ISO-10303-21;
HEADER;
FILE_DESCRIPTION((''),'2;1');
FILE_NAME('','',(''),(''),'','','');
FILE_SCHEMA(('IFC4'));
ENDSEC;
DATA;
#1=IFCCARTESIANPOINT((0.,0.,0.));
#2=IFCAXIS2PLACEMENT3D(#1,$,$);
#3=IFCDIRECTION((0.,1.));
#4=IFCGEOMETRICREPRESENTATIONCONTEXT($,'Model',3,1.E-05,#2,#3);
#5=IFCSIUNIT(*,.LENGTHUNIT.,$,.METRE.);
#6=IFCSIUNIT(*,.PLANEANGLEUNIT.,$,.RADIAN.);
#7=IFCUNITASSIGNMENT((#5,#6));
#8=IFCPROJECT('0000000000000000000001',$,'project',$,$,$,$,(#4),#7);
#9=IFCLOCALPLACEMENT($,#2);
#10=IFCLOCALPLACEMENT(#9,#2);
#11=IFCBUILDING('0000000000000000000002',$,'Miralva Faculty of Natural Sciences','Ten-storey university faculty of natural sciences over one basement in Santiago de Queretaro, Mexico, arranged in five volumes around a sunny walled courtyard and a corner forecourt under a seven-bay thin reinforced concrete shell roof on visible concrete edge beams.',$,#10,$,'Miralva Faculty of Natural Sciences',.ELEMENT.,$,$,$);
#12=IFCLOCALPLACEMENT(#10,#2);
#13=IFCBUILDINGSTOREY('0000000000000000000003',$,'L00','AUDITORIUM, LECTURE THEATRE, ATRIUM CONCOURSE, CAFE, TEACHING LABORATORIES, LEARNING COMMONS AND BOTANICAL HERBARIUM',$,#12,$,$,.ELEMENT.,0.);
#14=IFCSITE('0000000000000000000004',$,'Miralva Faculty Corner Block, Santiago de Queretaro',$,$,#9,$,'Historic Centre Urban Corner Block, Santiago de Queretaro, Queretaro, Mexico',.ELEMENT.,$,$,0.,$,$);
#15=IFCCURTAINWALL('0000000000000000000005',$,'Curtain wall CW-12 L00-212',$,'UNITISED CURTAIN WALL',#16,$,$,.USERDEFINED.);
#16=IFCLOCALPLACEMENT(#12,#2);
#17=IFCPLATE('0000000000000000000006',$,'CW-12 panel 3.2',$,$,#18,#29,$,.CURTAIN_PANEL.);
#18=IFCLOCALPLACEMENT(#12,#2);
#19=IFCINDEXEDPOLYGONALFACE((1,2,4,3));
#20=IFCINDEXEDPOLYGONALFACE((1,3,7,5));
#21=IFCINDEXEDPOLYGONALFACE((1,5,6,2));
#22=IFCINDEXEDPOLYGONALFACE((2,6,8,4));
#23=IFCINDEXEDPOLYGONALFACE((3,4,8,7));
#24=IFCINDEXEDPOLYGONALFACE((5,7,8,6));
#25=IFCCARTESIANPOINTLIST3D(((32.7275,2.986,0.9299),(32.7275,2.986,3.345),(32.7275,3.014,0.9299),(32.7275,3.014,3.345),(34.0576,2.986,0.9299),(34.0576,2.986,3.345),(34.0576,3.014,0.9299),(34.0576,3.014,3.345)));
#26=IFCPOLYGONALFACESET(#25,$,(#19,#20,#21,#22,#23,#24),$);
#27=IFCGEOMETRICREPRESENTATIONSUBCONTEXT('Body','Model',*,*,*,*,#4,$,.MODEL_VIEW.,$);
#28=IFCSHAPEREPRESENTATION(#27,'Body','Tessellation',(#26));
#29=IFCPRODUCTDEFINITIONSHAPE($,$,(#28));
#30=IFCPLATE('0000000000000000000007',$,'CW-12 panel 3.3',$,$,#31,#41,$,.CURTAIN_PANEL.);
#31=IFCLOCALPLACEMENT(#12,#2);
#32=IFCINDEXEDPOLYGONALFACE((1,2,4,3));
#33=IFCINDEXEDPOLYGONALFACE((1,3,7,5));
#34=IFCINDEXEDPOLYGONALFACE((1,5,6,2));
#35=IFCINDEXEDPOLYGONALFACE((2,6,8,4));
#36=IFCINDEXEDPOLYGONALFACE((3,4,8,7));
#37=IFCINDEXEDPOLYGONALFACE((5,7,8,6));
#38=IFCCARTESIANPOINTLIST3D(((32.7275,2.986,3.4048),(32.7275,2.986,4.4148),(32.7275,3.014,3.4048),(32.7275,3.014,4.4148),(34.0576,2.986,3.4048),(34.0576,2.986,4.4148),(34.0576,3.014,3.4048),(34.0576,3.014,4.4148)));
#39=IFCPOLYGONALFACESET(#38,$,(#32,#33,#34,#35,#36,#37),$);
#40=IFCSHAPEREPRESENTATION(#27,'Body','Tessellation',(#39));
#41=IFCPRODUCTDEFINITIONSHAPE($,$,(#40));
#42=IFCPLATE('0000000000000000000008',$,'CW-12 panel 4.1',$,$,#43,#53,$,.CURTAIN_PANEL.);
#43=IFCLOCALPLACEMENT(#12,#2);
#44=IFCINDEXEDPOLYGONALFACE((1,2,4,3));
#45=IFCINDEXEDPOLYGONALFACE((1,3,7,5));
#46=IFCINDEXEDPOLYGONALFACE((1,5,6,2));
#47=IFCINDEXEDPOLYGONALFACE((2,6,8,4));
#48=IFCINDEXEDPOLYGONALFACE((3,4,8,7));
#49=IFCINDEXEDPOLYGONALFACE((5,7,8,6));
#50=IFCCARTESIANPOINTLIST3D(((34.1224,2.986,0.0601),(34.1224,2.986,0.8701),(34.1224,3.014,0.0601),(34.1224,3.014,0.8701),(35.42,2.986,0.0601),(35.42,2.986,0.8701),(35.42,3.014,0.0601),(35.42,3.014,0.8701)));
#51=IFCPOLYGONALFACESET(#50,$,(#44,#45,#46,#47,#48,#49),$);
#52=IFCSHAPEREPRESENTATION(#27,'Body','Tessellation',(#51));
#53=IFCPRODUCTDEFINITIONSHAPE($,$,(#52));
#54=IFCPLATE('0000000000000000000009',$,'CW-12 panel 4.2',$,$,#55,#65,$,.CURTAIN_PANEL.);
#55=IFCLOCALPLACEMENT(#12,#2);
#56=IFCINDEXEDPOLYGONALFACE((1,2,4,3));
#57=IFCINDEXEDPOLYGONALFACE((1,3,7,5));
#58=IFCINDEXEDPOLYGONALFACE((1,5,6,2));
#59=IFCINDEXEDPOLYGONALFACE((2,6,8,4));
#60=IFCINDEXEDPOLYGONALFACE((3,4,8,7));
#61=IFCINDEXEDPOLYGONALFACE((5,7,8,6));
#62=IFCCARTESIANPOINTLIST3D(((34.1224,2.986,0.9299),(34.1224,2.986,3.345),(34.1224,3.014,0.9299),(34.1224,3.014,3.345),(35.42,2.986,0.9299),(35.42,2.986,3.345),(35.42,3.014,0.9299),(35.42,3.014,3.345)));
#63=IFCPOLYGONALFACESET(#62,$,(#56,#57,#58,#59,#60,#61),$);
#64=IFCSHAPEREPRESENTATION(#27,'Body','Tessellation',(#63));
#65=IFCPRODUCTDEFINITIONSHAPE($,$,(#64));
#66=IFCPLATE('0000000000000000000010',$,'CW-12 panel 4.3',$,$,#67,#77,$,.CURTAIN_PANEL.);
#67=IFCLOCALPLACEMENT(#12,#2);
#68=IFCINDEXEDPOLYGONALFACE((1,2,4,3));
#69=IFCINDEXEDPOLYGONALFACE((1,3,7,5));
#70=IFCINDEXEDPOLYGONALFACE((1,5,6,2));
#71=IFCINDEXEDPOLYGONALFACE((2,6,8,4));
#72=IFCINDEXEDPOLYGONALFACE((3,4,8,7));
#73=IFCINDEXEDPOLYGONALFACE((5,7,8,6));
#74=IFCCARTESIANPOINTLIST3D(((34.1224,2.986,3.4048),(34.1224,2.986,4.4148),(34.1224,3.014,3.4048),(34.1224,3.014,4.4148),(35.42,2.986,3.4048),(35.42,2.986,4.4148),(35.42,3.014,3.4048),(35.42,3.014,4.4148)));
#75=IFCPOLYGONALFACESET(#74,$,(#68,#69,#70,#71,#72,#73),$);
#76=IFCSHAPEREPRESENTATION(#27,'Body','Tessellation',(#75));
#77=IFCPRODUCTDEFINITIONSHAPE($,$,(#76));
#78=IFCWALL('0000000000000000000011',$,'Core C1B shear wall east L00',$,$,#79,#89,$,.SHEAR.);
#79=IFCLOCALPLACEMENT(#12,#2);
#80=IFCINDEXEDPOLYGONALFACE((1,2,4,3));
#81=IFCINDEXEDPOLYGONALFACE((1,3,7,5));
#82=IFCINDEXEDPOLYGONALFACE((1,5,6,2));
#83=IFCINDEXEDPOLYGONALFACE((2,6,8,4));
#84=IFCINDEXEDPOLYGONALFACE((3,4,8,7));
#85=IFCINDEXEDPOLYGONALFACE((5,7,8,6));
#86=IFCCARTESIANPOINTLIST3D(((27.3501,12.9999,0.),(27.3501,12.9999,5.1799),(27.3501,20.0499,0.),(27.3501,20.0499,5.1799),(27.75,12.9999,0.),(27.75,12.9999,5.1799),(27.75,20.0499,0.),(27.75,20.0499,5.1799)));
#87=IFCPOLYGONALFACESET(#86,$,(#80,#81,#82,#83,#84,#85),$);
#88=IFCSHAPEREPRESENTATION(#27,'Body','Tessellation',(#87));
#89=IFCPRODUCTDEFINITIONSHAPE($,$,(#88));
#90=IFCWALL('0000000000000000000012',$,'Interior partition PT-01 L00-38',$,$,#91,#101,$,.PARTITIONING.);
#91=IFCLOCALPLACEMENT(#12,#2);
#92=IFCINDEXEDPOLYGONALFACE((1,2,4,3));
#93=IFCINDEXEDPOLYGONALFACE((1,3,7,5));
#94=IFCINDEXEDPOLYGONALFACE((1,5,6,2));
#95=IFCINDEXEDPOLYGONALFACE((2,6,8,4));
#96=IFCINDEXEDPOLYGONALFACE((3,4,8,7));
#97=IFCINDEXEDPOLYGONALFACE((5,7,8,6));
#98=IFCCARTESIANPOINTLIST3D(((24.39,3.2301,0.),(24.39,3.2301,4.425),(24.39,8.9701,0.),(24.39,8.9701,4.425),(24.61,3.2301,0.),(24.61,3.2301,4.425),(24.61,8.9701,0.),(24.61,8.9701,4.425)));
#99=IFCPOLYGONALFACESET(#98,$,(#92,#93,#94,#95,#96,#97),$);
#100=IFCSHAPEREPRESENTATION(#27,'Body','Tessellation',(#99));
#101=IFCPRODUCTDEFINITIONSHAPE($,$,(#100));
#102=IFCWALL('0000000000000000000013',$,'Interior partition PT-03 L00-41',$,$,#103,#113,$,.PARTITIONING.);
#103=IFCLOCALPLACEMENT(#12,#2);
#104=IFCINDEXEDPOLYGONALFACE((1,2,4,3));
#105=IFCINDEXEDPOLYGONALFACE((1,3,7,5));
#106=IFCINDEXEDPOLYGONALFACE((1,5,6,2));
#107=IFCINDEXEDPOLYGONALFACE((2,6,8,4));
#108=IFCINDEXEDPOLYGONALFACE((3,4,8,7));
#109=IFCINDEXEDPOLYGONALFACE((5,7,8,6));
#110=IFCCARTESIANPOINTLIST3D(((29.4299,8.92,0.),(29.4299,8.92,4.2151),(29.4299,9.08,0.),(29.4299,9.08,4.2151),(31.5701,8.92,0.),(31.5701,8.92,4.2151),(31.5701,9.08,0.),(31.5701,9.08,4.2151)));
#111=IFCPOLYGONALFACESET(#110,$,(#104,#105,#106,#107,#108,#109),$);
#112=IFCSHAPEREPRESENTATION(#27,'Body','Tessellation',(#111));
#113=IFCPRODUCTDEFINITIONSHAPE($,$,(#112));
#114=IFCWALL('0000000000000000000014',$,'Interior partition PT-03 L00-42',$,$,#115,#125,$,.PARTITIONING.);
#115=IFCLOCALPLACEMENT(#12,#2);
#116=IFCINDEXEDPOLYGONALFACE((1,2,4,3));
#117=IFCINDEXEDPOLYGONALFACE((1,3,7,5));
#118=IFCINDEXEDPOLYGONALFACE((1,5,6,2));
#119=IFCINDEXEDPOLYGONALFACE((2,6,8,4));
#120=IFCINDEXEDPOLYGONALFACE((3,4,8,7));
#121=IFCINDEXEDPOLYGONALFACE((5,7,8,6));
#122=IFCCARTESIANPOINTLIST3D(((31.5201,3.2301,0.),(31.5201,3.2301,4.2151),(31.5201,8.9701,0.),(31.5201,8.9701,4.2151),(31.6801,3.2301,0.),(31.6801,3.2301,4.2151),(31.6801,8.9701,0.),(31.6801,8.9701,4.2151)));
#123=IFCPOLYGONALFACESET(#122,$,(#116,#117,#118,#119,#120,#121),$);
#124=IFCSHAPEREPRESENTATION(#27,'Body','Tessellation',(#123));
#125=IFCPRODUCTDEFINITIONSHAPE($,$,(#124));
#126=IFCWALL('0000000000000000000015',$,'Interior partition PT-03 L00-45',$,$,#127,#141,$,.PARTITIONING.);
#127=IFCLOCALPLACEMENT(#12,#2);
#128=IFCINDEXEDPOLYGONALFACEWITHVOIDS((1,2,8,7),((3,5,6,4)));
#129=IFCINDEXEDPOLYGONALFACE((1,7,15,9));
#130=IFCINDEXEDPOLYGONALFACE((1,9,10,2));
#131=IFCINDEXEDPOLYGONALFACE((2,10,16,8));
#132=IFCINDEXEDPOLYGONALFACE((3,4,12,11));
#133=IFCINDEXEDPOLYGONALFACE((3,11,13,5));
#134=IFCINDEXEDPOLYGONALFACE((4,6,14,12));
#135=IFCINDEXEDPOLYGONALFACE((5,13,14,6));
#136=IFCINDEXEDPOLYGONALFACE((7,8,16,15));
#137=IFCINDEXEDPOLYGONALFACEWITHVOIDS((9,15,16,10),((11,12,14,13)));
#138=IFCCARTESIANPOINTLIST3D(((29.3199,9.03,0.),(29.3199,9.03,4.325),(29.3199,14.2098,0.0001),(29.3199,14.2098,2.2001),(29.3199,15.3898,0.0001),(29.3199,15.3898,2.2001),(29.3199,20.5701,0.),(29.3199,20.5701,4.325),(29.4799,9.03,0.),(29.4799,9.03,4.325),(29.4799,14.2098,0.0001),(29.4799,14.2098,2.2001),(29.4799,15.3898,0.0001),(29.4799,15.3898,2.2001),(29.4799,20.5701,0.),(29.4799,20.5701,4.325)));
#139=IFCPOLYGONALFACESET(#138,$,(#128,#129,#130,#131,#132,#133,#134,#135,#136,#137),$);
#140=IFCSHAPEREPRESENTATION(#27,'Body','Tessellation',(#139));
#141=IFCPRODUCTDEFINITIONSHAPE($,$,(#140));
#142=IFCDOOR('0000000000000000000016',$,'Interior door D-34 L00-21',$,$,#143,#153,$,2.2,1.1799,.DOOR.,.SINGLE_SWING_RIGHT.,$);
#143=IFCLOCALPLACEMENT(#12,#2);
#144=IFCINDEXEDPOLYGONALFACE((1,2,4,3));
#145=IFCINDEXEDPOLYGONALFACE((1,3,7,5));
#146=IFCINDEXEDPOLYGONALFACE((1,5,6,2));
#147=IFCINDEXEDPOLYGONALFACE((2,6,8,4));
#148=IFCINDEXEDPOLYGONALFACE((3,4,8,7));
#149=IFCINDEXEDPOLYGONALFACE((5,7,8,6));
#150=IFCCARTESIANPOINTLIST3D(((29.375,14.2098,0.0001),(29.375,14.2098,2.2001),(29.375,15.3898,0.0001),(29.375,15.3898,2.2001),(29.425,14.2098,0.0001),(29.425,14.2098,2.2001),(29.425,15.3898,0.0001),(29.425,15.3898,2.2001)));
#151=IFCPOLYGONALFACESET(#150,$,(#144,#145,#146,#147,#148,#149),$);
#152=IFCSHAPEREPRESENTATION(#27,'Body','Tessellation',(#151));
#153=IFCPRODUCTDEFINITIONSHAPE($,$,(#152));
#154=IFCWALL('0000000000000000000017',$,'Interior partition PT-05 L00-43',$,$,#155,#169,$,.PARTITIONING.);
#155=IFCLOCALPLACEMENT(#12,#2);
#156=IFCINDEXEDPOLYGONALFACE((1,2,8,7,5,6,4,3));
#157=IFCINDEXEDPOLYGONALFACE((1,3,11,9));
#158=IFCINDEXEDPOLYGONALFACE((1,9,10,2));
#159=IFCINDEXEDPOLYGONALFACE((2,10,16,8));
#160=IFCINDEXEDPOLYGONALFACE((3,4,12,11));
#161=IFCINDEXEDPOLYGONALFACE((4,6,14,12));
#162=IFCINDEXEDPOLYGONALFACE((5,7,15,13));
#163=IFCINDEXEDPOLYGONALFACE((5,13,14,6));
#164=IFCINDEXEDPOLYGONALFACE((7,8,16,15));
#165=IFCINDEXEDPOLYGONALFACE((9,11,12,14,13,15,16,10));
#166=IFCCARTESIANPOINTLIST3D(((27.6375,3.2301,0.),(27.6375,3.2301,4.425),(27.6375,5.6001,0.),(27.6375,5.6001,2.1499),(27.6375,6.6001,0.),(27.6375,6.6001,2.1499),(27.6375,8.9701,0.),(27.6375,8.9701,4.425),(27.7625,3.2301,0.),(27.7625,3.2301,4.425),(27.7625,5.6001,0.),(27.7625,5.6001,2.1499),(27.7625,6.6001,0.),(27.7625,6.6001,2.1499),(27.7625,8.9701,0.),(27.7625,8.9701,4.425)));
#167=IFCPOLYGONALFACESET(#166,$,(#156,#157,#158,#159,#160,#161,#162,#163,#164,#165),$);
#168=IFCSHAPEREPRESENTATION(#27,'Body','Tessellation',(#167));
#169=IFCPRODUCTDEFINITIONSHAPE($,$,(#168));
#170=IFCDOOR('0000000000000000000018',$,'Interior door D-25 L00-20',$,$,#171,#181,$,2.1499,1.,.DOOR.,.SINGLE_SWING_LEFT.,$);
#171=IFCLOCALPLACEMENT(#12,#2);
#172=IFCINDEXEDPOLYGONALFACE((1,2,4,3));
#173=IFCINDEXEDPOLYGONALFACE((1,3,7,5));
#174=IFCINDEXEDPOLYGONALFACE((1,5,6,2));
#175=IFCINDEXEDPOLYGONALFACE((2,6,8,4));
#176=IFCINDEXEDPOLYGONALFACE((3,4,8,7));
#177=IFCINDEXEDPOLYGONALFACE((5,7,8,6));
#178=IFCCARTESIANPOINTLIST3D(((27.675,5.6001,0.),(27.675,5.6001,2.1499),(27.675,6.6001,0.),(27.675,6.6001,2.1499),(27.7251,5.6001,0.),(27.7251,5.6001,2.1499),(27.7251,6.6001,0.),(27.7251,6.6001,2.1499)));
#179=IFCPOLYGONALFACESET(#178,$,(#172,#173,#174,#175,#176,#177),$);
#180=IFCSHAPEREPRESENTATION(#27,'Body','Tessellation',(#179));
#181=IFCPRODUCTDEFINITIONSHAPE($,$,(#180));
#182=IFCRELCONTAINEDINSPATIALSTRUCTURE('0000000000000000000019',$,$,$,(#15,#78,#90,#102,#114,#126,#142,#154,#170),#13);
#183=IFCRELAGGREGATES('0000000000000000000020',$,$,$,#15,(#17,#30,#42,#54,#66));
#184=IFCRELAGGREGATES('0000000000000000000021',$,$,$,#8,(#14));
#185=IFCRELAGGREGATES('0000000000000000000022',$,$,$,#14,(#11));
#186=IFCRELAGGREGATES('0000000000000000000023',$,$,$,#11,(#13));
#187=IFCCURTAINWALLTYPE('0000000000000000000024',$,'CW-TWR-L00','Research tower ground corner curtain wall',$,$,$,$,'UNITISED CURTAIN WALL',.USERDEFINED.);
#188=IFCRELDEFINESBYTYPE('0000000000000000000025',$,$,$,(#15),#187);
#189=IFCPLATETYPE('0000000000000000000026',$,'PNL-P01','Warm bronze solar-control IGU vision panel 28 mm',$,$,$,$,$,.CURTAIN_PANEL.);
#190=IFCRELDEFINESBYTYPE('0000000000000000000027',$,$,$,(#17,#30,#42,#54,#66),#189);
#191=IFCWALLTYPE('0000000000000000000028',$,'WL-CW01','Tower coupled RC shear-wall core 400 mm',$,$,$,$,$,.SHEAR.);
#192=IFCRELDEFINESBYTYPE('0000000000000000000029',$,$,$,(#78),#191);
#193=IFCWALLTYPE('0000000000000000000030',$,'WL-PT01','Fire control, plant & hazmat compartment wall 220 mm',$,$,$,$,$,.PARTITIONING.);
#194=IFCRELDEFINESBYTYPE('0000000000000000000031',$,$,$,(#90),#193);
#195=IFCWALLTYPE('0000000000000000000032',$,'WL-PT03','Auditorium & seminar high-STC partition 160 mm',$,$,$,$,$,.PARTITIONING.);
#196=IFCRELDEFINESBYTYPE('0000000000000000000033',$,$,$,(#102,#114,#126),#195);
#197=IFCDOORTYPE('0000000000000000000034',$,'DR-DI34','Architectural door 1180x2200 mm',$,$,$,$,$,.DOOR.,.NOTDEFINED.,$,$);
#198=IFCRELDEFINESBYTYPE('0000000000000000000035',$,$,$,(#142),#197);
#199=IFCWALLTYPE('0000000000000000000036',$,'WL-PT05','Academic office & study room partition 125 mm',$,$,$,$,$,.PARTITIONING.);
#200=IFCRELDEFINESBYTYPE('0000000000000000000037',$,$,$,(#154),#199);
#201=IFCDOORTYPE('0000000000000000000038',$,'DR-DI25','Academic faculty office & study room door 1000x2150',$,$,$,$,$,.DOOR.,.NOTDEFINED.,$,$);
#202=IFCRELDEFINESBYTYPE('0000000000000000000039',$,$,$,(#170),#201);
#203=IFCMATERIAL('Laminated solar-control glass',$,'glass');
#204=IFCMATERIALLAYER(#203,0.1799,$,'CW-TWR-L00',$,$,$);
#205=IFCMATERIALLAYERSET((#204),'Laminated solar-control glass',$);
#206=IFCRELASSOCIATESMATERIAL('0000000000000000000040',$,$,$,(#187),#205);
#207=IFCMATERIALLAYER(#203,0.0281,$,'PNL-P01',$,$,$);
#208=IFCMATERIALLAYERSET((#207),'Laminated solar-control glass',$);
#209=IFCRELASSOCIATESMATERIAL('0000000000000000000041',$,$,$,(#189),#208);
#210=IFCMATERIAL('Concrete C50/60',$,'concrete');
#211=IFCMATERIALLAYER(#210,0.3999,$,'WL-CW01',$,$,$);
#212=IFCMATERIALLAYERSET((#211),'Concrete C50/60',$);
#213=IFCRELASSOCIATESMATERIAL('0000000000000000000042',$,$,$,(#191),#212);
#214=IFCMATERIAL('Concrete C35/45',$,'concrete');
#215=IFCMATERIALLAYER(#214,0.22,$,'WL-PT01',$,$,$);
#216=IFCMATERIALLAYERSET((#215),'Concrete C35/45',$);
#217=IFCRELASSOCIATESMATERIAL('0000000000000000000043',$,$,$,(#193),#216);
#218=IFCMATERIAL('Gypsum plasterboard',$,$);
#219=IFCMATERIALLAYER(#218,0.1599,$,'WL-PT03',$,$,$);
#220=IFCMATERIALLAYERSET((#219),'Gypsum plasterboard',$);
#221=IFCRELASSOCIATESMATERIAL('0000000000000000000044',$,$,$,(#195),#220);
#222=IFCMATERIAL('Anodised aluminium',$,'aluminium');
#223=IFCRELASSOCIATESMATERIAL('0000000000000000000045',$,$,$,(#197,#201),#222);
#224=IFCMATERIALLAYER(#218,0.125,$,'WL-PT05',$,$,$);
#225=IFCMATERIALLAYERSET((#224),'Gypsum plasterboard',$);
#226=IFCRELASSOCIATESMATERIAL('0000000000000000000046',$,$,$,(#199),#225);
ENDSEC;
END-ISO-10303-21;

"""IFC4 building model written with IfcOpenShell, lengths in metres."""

from ifc_helpers import new_model, si_unit, direction, frame, frame_2d, origin, origin_2d, place, context, subcontext, project, spatial, rectangle, extrude, material, layer, layer_set, type_object, element, fill, aggregate, save


model = new_model("IFC4")

# Units and contexts
model_context = context("Model", 3, precision=1e-05, world=origin(), true_north=direction((0.0, 1.0)))
body_context = subcontext(model_context, "Body", "Model", "MODEL_VIEW")
ifc_project = project(units=[si_unit("LENGTHUNIT", "METRE"), si_unit("PLANEANGLEUNIT", "RADIAN")], contexts=[model_context])

# Site, building, storey
site_placement = place(None, origin())
site = spatial("IfcSite", under=ifc_project, at=site_placement, Name="Miralva Faculty Corner Block, Santiago de Queretaro", LongName="Historic Centre Urban Corner Block, Santiago de Queretaro, Queretaro, Mexico", CompositionType="ELEMENT", RefElevation=0.0)
building_placement = place(site_placement, origin())
building = spatial("IfcBuilding", under=site, at=building_placement, Name="Miralva Faculty of Natural Sciences", Description="Ten-storey university faculty of natural sciences over one basement in Santiago de Queretaro, Mexico, arranged in five volumes around a sunny walled courtyard and a corner forecourt under a seven-bay thin reinforced concrete shell roof on visible concrete edge beams.", LongName="Miralva Faculty of Natural Sciences", CompositionType="ELEMENT")
storey_placement = place(building_placement, origin())
storey = spatial("IfcBuildingStorey", under=building, at=storey_placement, Name="L00", Description="AUDITORIUM, LECTURE THEATRE, ATRIUM CONCOURSE, CAFE, TEACHING LABORATORIES, LEARNING COMMONS AND BOTANICAL HERBARIUM", CompositionType="ELEMENT", Elevation=0.0)

# Shared definitions
ifc_material_1 = material(Name="Concrete C50/60", Category="concrete")

# Curtain wall, plates
ifc_material_2 = material(Name="Laminated solar-control glass", Category="glass")
ifc_layer_1 = layer(ifc_material_2, 0.1799, Name="CW-TWR-L00")
ifc_layer_set_1 = layer_set([ifc_layer_1], Name="Laminated solar-control glass")
curtain_wall_type = type_object("IfcCurtainWallType", Name="CW-TWR-L00", Description="Research tower ground corner curtain wall", ElementType="UNITISED CURTAIN WALL", PredefinedType="USERDEFINED", material=ifc_layer_set_1)
curtain_wall_placement = place(storey_placement, origin())
curtain_wall = element("IfcCurtainWall", 1, at=curtain_wall_placement, inside=storey, type_object=curtain_wall_type, Name="Curtain wall CW-12 L00-212", ObjectType="UNITISED CURTAIN WALL", PredefinedType="USERDEFINED")
ifc_material_3 = material(Name="Anodised aluminium", Category="aluminium")
ifc_layer_2 = layer(ifc_material_2, 0.0281, Name="PNL-P01")
ifc_layer_set_2 = layer_set([ifc_layer_2], Name="Laminated solar-control glass")
plate_type = type_object("IfcPlateType", Name="PNL-P01", Description="Warm bronze solar-control IGU vision panel 28 mm", PredefinedType="CURTAIN_PANEL", material=ifc_layer_set_2)
plate_1_placement = place(storey_placement, frame((33.3926, 3.0, 0.9299), z_axis=(0.0, 0.0, 1.0), x_axis=(1.0, 0.0, 0.0)))
plate_1 = element("IfcPlate", 2, at=plate_1_placement, type_object=plate_type, Name="CW-12 panel 3.2", PredefinedType="CURTAIN_PANEL", context=body_context, shape_type="SweptSolid", body=[
    extrude(rectangle(XDim=1.3301, YDim=0.0281, at=origin_2d()), origin(), (0.0, 0.0, 1.0), 2.415),
])
plate_2_placement = place(storey_placement, frame((33.3926, 3.0, 3.4048), z_axis=(0.0, 0.0, 1.0), x_axis=(1.0, 0.0, 0.0)))
plate_2 = element("IfcPlate", 3, at=plate_2_placement, type_object=plate_type, Name="CW-12 panel 3.3", PredefinedType="CURTAIN_PANEL", context=body_context, shape_type="SweptSolid", body=[
    extrude(rectangle(XDim=1.3301, YDim=0.0281, at=origin_2d()), origin(), (0.0, 0.0, 1.0), 1.01),
])
plate_3_placement = place(storey_placement, frame((34.7712, 3.0, 0.0601), z_axis=(0.0, 0.0, 1.0), x_axis=(1.0, 0.0, 0.0)))
plate_3 = element("IfcPlate", 4, at=plate_3_placement, type_object=plate_type, Name="CW-12 panel 4.1", PredefinedType="CURTAIN_PANEL", context=body_context, shape_type="SweptSolid", body=[
    extrude(rectangle(XDim=1.2976, YDim=0.0281, at=origin_2d()), origin(), (0.0, 0.0, 1.0), 0.8101),
])
plate_4_placement = place(storey_placement, frame((34.7712, 3.0, 0.9299), z_axis=(0.0, 0.0, 1.0), x_axis=(1.0, 0.0, 0.0)))
plate_4 = element("IfcPlate", 5, at=plate_4_placement, type_object=plate_type, Name="CW-12 panel 4.2", PredefinedType="CURTAIN_PANEL", context=body_context, shape_type="SweptSolid", body=[
    extrude(rectangle(XDim=1.2976, YDim=0.0281, at=origin_2d()), origin(), (0.0, 0.0, 1.0), 2.415),
])
plate_5_placement = place(storey_placement, frame((34.7712, 3.0, 3.4048), z_axis=(0.0, 0.0, 1.0), x_axis=(1.0, 0.0, 0.0)))
plate_5 = element("IfcPlate", 6, at=plate_5_placement, type_object=plate_type, Name="CW-12 panel 4.3", PredefinedType="CURTAIN_PANEL", context=body_context, shape_type="SweptSolid", body=[
    extrude(rectangle(XDim=1.2976, YDim=0.0281, at=origin_2d()), origin(), (0.0, 0.0, 1.0), 1.01),
])
aggregate(curtain_wall, [plate_1, plate_2, plate_3, plate_4, plate_5])

# Walls
ifc_layer_3 = layer(ifc_material_1, 0.3999, Name="WL-CW01")
ifc_layer_set_3 = layer_set([ifc_layer_3], Name="Concrete C50/60")
wall_type_1 = type_object("IfcWallType", Name="WL-CW01", Description="Tower coupled RC shear-wall core 400 mm", PredefinedType="SHEAR", material=ifc_layer_set_3)
wall_1_placement = place(storey_placement, frame((27.55, 13.0, 0.0), z_axis=(0.0, 0.0, 1.0), x_axis=(0.0, 1.0, 0.0)))
element("IfcWall", 7, at=wall_1_placement, inside=storey, type_object=wall_type_1, Name="Core C1B shear wall east L00", PredefinedType="SHEAR", context=body_context, shape_type="SweptSolid", body=[
    extrude(rectangle(XDim=7.05, YDim=0.3999, at=frame_2d((3.5249, 0.0))), origin(), (0.0, 0.0, 1.0), 5.1799),
])
ifc_material_4 = material(Name="Concrete C35/45", Category="concrete")
ifc_layer_4 = layer(ifc_material_4, 0.22, Name="WL-PT01")
ifc_layer_set_4 = layer_set([ifc_layer_4], Name="Concrete C35/45")
wall_type_2 = type_object("IfcWallType", Name="WL-PT01", Description="Fire control, plant & hazmat compartment wall 220 mm", PredefinedType="PARTITIONING", material=ifc_layer_set_4)
wall_2_placement = place(storey_placement, frame((24.5, 3.23, 0.0), z_axis=(0.0, 0.0, 1.0), x_axis=(0.0, 1.0, 0.0)))
element("IfcWall", 8, at=wall_2_placement, inside=storey, type_object=wall_type_2, Name="Interior partition PT-01 L00-38", PredefinedType="PARTITIONING", context=body_context, shape_type="SweptSolid", body=[
    extrude(rectangle(XDim=5.74, YDim=0.22, at=frame_2d((2.8701, 0.0))), origin(), (0.0, 0.0, 1.0), 4.425),
])
ifc_material_5 = material(Name="Gypsum plasterboard")
ifc_layer_5 = layer(ifc_material_5, 0.1599, Name="WL-PT03")
ifc_layer_set_5 = layer_set([ifc_layer_5], Name="Gypsum plasterboard")
wall_type_3 = type_object("IfcWallType", Name="WL-PT03", Description="Auditorium & seminar high-STC partition 160 mm", PredefinedType="PARTITIONING", material=ifc_layer_set_5)
wall_3_placement = place(storey_placement, frame((29.4299, 9.0, 0.0), z_axis=(0.0, 0.0, 1.0), x_axis=(1.0, 0.0, 0.0)))
element("IfcWall", 9, at=wall_3_placement, inside=storey, type_object=wall_type_3, Name="Interior partition PT-03 L00-41", PredefinedType="PARTITIONING", context=body_context, shape_type="SweptSolid", body=[
    extrude(rectangle(XDim=2.1401, YDim=0.1599, at=frame_2d((1.0701, 0.0))), origin(), (0.0, 0.0, 1.0), 4.2151),
])
wall_4_placement = place(storey_placement, frame((31.6001, 3.23, 0.0), z_axis=(0.0, 0.0, 1.0), x_axis=(0.0, 1.0, 0.0)))
element("IfcWall", 10, at=wall_4_placement, inside=storey, type_object=wall_type_3, Name="Interior partition PT-03 L00-42", PredefinedType="PARTITIONING", context=body_context, shape_type="SweptSolid", body=[
    extrude(rectangle(XDim=5.74, YDim=0.1599, at=frame_2d((2.8701, 0.0))), origin(), (0.0, 0.0, 1.0), 4.2151),
])

# Walls, openings, doors
wall_5_placement = place(storey_placement, frame((29.3999, 9.03, 0.0), z_axis=(0.0, 0.0, 1.0), x_axis=(0.0, 1.0, 0.0)))
wall_5 = element("IfcWall", 11, at=wall_5_placement, inside=storey, type_object=wall_type_3, Name="Interior partition PT-03 L00-45", PredefinedType="PARTITIONING", context=body_context, shape_type="SweptSolid", body=[
    extrude(rectangle(XDim=11.54, YDim=0.1599, at=frame_2d((5.77, 0.0))), origin(), (0.0, 0.0, 1.0), 4.325),
])
opening_1_placement = place(wall_5_placement, frame((5.1799, 0.0, 0.0)))
opening_1 = element("IfcOpeningElement", 12, at=opening_1_placement, cuts=wall_5, PredefinedType="OPENING", context=body_context, shape_type="SweptSolid", body=[
    extrude(rectangle(XDim=1.1799, YDim=2.2, at=frame_2d((0.5898, 1.1001))), frame((0.0, 0.0898, 0.0), z_axis=(0.0, -1.0, 0.0), x_axis=(1.0, 0.0, 0.0)), (0.0, 0.0, 1.0), 0.1799),
])
door_type_1 = type_object("IfcDoorType", Name="DR-DI34", Description="Architectural door 1180x2200 mm", OperationType="NOTDEFINED", PredefinedType="DOOR", material=ifc_material_3)
door_1_placement = place(opening_1_placement, origin())
door_1 = element("IfcDoor", 13, at=door_1_placement, inside=storey, type_object=door_type_1, Name="Interior door D-34 L00-21", OperationType="SINGLE_SWING_RIGHT", OverallHeight=2.2, OverallWidth=1.1799, PredefinedType="DOOR", context=body_context, shape_type="SweptSolid", body=[
    extrude(rectangle(XDim=1.1799, YDim=2.2, at=frame_2d((0.5898, 1.1001))), frame((0.0, 0.0249, 0.0), z_axis=(0.0, -1.0, 0.0), x_axis=(1.0, 0.0, 0.0)), (0.0, 0.0, 1.0), 0.05),
])
fill(opening_1, door_1)
ifc_layer_6 = layer(ifc_material_5, 0.125, Name="WL-PT05")
ifc_layer_set_6 = layer_set([ifc_layer_6], Name="Gypsum plasterboard")
wall_type_4 = type_object("IfcWallType", Name="WL-PT05", Description="Academic office & study room partition 125 mm", PredefinedType="PARTITIONING", material=ifc_layer_set_6)
wall_6_placement = place(storey_placement, frame((27.7, 3.23, 0.0), z_axis=(0.0, 0.0, 1.0), x_axis=(0.0, 1.0, 0.0)))
wall_6 = element("IfcWall", 14, at=wall_6_placement, inside=storey, type_object=wall_type_4, Name="Interior partition PT-05 L00-43", PredefinedType="PARTITIONING", context=body_context, shape_type="SweptSolid", body=[
    extrude(rectangle(XDim=5.74, YDim=0.125, at=frame_2d((2.8701, 0.0))), origin(), (0.0, 0.0, 1.0), 4.425),
])
opening_2_placement = place(wall_6_placement, frame((2.3701, 0.0, 0.0)))
opening_2 = element("IfcOpeningElement", 15, at=opening_2_placement, cuts=wall_6, PredefinedType="OPENING", context=body_context, shape_type="SweptSolid", body=[
    extrude(rectangle(XDim=1.0, YDim=2.1499, at=frame_2d((0.5, 1.075))), frame((0.0, 0.0725, 0.0), z_axis=(0.0, -1.0, 0.0), x_axis=(1.0, 0.0, 0.0)), (0.0, 0.0, 1.0), 0.145),
])
door_type_2 = type_object("IfcDoorType", Name="DR-DI25", Description="Academic faculty office & study room door 1000x2150", OperationType="NOTDEFINED", PredefinedType="DOOR", material=ifc_material_3)
door_2_placement = place(opening_2_placement, origin())
door_2 = element("IfcDoor", 16, at=door_2_placement, inside=storey, type_object=door_type_2, Name="Interior door D-25 L00-20", OperationType="SINGLE_SWING_LEFT", OverallHeight=2.1499, OverallWidth=1.0, PredefinedType="DOOR", context=body_context, shape_type="SweptSolid", body=[
    extrude(rectangle(XDim=1.0, YDim=2.1499, at=frame_2d((0.5, 1.075))), frame((0.0, 0.0249, 0.0), z_axis=(0.0, -1.0, 0.0), x_axis=(1.0, 0.0, 0.0)), (0.0, 0.0, 1.0), 0.05),
])
fill(opening_2, door_2)

save(model, "model.ifc")
